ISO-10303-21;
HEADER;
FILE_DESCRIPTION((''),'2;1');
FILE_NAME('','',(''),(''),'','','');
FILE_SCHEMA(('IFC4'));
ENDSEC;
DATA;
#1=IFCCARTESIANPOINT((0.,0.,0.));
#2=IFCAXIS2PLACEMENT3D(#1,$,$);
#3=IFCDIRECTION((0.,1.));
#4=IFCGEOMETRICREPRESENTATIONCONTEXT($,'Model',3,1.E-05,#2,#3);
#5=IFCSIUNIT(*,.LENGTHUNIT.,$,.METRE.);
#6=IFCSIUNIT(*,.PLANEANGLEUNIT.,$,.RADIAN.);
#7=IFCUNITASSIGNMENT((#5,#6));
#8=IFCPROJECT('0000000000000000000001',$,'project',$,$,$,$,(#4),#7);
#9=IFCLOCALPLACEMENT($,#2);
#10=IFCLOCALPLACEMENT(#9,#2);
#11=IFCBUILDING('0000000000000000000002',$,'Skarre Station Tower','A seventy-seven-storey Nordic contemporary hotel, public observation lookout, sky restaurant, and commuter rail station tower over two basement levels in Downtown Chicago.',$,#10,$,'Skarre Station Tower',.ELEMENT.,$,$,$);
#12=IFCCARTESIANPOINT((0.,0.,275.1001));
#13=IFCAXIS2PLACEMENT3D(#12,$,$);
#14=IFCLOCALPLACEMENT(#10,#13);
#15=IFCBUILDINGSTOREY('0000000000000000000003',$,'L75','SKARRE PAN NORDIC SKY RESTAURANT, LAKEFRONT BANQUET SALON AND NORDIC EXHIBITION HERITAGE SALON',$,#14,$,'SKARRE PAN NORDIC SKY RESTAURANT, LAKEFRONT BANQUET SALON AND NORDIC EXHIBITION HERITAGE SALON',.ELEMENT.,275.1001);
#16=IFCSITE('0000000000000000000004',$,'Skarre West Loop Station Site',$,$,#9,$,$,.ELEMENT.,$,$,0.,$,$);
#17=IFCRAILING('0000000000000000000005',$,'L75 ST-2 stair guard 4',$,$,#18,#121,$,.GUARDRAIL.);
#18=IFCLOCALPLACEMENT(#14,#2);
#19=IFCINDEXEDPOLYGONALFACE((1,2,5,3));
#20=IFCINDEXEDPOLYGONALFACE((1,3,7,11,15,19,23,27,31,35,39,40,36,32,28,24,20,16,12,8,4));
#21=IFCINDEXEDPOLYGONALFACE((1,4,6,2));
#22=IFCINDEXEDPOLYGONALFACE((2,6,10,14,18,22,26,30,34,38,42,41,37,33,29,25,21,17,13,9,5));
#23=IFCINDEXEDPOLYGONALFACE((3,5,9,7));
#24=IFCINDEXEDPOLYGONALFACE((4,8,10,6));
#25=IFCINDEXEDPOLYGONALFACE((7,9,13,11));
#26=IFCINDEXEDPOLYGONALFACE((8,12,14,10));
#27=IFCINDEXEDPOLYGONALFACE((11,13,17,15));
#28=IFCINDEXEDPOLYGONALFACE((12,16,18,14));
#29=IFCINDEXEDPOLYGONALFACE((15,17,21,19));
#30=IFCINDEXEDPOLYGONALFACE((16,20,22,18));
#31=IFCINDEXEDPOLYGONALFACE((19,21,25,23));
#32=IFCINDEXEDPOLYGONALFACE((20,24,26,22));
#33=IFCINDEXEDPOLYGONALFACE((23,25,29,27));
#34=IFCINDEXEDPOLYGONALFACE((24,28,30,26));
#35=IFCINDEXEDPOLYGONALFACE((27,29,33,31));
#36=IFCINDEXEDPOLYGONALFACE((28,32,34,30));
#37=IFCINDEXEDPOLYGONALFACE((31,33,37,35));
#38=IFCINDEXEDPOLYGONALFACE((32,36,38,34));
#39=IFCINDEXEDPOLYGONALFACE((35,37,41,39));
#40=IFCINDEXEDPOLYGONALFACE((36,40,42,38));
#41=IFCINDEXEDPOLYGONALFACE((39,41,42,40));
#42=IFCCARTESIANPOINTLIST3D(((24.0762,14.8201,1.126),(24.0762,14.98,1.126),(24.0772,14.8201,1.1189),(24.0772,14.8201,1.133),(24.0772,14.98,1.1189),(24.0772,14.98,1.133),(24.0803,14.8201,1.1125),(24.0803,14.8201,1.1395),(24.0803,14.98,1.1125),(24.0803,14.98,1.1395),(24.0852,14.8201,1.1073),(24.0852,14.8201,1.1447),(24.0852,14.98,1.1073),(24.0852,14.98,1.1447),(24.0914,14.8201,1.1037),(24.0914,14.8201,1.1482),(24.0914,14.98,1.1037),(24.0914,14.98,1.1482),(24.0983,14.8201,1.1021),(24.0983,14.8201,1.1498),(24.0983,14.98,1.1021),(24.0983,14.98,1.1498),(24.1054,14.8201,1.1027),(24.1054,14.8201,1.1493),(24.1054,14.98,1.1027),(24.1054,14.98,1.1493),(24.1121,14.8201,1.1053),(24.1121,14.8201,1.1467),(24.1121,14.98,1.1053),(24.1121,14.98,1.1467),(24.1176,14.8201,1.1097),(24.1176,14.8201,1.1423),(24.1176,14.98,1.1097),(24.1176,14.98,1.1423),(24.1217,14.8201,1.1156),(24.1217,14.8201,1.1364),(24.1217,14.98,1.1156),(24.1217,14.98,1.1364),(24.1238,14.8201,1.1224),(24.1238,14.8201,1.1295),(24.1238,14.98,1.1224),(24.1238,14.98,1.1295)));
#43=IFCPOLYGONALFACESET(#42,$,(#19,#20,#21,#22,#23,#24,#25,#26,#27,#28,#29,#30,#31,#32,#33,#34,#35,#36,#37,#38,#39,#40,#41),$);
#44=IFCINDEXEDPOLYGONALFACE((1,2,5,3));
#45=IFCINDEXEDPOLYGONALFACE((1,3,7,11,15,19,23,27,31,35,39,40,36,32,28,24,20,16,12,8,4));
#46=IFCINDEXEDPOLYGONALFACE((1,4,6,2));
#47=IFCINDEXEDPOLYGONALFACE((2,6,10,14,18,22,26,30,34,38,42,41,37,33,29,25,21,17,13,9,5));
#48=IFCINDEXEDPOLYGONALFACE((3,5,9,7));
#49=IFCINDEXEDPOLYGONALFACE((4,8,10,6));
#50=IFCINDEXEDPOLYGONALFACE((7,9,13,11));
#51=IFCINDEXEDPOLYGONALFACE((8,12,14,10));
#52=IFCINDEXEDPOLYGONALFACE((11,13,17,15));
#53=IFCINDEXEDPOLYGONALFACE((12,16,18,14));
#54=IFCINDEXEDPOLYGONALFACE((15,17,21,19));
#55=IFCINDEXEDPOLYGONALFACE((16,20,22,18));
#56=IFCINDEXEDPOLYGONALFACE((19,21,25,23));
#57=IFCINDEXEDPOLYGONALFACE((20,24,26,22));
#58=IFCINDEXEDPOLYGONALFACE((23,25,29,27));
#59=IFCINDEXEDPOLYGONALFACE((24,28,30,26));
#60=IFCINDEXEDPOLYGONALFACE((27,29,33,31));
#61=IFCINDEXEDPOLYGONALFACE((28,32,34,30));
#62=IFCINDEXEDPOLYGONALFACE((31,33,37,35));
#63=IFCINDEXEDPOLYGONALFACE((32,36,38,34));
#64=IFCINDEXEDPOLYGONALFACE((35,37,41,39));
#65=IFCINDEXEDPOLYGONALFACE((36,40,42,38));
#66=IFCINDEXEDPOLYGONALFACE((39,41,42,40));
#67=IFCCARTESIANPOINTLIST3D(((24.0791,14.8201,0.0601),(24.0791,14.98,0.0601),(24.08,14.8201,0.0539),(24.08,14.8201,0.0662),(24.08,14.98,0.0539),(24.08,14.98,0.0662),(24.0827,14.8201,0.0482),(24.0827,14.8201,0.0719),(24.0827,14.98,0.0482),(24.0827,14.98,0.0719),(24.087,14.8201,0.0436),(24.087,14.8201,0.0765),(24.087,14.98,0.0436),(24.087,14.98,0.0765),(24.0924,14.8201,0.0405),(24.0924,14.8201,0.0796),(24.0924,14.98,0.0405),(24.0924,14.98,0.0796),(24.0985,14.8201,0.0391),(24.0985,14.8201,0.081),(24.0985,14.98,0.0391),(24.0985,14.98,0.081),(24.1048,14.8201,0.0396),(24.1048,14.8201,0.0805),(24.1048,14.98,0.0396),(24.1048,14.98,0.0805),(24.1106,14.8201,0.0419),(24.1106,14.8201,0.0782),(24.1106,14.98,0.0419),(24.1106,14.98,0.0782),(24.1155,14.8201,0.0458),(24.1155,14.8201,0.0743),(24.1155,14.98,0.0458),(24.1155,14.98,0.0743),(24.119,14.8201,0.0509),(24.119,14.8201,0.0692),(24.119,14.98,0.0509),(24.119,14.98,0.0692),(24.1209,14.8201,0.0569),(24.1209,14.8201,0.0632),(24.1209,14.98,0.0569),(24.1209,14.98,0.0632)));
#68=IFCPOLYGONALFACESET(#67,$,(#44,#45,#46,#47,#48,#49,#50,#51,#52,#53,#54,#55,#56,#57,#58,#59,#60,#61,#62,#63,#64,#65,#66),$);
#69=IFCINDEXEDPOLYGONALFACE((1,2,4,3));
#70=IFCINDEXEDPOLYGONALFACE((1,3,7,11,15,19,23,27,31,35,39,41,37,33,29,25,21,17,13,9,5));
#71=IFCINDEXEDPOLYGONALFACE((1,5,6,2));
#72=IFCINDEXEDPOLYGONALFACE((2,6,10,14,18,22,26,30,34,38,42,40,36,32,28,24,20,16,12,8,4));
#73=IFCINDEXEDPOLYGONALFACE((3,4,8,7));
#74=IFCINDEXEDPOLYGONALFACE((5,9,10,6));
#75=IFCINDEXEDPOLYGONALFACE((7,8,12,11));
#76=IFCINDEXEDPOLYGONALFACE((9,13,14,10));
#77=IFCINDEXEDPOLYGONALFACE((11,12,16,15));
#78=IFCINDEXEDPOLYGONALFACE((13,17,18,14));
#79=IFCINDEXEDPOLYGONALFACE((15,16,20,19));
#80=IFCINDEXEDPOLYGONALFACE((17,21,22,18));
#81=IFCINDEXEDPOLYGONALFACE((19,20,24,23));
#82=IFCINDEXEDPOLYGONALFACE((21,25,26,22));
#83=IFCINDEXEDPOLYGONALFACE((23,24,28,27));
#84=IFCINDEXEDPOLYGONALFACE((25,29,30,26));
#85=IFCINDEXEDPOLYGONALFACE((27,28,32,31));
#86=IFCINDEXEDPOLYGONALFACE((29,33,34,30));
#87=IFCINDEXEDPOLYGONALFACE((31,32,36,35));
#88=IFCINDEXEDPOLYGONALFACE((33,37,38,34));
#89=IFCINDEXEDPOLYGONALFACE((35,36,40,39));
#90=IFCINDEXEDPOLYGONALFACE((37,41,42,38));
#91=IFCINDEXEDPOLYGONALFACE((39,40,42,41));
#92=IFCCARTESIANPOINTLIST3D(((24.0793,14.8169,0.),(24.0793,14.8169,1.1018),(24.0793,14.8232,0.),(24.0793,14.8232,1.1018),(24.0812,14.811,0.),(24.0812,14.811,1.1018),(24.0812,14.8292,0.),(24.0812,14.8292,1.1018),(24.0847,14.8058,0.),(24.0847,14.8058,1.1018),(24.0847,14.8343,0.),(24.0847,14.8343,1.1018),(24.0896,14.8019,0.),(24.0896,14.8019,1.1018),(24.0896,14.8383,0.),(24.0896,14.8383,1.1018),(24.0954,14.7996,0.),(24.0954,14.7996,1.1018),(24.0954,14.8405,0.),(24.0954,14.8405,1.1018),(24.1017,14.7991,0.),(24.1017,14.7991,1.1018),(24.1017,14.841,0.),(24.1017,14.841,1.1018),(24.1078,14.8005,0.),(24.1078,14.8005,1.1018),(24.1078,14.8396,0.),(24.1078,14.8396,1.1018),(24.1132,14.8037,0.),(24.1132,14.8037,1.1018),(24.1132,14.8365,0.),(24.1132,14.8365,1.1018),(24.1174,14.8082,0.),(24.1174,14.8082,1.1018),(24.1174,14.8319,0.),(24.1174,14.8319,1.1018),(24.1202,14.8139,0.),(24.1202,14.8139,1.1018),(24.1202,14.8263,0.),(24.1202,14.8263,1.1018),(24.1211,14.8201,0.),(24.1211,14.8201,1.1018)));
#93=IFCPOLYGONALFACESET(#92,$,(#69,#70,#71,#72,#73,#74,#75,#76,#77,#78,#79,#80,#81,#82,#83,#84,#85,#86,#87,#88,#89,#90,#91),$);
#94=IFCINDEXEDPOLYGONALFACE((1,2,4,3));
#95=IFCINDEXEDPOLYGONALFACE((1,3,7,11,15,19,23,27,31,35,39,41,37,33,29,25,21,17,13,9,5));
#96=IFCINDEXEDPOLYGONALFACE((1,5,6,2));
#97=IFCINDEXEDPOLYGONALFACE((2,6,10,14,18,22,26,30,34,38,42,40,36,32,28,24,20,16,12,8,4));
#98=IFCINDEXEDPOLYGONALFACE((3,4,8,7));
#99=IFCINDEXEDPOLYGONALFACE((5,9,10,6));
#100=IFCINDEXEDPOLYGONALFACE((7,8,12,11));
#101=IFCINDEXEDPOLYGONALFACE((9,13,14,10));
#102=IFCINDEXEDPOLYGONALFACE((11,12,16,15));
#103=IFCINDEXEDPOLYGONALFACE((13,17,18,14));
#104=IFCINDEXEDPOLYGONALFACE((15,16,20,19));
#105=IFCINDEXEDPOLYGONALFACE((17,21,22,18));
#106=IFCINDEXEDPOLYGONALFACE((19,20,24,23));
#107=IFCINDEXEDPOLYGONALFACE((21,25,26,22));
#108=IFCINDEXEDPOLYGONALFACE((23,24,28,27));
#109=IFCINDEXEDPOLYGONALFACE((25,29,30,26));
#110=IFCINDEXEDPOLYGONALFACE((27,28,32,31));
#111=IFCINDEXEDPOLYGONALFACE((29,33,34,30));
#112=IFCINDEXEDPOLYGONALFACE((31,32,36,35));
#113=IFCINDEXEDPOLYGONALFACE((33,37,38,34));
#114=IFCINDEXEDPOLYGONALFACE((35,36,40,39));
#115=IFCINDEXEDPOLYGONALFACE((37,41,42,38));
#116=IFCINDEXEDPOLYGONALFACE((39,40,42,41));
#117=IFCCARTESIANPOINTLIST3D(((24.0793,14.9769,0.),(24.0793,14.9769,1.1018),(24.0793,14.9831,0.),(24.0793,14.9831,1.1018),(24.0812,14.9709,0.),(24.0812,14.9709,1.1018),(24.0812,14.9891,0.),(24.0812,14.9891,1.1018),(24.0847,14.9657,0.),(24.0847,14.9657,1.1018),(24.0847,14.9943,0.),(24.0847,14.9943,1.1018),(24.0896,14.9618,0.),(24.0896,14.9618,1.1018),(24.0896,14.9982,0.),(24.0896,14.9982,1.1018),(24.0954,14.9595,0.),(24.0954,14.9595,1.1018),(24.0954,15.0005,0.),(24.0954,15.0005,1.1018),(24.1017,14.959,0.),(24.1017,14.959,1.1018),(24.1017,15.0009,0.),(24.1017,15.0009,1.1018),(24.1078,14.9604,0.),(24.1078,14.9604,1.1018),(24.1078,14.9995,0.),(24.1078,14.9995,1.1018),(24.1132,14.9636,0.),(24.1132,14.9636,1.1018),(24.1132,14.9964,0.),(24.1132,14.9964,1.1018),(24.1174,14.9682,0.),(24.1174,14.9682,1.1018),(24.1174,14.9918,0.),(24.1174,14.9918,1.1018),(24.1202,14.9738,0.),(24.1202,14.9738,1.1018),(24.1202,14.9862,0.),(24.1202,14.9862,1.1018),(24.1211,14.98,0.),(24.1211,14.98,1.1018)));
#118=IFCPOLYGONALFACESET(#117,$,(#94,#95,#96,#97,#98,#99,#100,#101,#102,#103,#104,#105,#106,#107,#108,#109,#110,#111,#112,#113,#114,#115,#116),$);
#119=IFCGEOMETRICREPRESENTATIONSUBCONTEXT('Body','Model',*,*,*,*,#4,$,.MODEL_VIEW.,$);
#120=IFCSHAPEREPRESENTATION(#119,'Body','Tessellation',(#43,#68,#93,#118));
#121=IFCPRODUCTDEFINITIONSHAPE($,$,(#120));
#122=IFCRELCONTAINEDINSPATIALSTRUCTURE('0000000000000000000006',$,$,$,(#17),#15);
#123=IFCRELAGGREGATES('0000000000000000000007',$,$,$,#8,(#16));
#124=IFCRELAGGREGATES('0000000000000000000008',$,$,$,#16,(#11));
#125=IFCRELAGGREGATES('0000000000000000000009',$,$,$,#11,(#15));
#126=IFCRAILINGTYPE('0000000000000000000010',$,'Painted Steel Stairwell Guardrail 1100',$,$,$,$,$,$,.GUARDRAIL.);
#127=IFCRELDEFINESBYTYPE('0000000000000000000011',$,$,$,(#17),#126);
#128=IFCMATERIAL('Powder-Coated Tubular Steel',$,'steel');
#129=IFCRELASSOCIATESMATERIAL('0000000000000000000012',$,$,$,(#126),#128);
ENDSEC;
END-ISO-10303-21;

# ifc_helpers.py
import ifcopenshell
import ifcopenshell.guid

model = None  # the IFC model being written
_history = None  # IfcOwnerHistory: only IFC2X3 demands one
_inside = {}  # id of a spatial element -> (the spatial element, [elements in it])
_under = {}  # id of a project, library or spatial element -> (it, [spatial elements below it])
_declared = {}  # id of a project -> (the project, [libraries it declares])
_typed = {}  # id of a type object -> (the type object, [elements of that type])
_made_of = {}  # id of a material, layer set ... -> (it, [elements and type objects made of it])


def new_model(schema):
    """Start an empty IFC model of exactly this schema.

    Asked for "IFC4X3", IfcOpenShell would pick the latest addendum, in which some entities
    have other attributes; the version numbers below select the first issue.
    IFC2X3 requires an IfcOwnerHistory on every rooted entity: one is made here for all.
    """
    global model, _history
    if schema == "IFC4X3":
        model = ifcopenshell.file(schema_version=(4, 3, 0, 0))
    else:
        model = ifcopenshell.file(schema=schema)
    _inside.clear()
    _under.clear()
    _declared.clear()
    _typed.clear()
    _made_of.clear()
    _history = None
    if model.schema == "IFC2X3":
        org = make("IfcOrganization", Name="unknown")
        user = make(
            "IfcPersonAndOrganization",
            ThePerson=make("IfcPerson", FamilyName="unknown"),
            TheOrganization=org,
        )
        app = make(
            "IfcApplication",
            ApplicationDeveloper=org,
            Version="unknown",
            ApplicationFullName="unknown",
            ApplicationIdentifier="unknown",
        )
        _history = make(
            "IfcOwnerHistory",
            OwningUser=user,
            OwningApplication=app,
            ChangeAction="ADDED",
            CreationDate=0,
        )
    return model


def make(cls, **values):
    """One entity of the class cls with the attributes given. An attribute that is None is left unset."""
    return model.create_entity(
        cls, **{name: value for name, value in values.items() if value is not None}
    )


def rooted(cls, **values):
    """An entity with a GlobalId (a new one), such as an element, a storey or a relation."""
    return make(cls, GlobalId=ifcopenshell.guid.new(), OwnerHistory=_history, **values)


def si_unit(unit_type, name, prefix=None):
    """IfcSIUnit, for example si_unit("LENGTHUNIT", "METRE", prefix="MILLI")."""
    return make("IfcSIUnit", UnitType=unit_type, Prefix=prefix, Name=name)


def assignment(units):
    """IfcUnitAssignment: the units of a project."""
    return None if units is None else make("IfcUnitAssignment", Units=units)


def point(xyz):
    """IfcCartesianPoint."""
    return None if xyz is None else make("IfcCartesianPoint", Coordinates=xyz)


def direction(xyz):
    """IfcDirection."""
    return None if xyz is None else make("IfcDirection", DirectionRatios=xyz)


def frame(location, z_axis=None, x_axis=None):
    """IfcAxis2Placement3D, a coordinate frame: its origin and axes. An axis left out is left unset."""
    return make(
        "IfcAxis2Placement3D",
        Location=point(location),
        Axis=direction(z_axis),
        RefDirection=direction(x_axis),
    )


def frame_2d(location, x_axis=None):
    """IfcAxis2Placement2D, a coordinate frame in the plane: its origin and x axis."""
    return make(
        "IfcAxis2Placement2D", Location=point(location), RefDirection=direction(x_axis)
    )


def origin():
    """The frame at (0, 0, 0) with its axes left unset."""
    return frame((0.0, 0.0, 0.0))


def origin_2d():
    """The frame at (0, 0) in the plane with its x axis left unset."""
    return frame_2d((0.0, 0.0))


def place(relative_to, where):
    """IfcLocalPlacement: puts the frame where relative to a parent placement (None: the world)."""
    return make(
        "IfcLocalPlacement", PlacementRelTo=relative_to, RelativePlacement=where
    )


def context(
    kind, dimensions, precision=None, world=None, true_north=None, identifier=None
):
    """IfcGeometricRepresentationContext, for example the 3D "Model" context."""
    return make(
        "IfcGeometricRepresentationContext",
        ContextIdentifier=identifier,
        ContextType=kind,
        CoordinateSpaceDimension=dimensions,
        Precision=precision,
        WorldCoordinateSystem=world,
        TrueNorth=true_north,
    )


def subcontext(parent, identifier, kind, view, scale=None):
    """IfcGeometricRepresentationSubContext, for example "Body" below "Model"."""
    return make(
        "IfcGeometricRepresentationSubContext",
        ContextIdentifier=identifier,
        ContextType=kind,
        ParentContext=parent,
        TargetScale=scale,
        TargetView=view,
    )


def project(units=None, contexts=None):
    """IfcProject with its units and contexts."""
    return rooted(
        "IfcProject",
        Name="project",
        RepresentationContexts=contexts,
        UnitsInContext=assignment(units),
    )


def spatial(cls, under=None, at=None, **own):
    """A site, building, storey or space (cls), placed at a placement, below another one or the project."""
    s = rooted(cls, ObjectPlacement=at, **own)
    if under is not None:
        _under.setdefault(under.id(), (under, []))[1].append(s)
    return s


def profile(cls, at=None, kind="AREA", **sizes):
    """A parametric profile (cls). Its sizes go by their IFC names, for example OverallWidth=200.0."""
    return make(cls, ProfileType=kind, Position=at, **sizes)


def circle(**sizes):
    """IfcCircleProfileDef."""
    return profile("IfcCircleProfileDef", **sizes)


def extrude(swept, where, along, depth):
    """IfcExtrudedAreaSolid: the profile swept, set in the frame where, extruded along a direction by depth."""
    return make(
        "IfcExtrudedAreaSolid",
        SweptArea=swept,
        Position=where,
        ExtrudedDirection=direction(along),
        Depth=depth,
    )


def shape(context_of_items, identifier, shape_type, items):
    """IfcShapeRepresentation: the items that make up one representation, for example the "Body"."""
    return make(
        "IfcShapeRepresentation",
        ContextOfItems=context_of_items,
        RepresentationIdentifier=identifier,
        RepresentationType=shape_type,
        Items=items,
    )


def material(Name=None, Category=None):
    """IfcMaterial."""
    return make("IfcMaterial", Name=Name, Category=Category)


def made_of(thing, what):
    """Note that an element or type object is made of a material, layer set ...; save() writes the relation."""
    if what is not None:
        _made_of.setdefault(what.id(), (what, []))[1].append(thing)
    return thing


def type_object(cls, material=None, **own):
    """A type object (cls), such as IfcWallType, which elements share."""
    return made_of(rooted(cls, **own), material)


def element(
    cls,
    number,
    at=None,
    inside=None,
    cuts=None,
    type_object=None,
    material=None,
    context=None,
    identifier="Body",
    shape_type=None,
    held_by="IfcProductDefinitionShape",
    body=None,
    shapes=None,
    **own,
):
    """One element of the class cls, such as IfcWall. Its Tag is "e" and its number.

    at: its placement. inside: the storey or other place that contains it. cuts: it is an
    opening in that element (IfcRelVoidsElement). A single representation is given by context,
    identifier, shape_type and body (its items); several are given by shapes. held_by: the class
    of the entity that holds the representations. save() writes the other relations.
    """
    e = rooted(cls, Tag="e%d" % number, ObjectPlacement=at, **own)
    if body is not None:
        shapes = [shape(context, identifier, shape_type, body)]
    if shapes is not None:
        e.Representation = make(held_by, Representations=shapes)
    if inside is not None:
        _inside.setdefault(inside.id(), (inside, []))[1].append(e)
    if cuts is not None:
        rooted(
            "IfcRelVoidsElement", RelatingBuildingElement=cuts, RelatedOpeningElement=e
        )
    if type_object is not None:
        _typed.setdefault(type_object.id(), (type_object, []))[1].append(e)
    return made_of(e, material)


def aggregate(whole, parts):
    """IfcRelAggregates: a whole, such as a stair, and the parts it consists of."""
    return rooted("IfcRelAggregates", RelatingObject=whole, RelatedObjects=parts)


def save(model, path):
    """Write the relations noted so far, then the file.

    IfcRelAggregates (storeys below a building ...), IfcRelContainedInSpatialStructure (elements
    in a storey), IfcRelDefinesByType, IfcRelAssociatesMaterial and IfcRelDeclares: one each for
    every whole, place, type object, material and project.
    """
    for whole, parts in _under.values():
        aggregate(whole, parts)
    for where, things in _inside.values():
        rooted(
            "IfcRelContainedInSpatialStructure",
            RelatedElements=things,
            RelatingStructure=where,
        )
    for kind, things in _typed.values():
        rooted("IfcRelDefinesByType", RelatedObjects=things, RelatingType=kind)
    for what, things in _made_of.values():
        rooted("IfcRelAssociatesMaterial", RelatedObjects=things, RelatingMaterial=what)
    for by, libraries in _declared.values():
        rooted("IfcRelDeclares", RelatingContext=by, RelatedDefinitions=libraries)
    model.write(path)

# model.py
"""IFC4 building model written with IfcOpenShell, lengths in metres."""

from ifc_helpers import new_model, si_unit, direction, frame, origin, origin_2d, place, context, subcontext, project, spatial, circle, extrude, material, type_object, element, save


model = new_model("IFC4")

# Units and contexts
model_context = context("Model", 3, precision=1e-05, world=origin(), true_north=direction((0.0, 1.0)))
body_context = subcontext(model_context, "Body", "Model", "MODEL_VIEW")
ifc_project = project(units=[si_unit("LENGTHUNIT", "METRE"), si_unit("PLANEANGLEUNIT", "RADIAN")], contexts=[model_context])

# Site, building, storey
site_placement = place(None, origin())
site = spatial("IfcSite", under=ifc_project, at=site_placement, Name="Skarre West Loop Station Site", CompositionType="ELEMENT", RefElevation=0.0)
building_placement = place(site_placement, origin())
building = spatial("IfcBuilding", under=site, at=building_placement, Name="Skarre Station Tower", Description="A seventy-seven-storey Nordic contemporary hotel, public observation lookout, sky restaurant, and commuter rail station tower over two basement levels in Downtown Chicago.", LongName="Skarre Station Tower", CompositionType="ELEMENT")
storey_placement = place(building_placement, frame((0.0, 0.0, 275.1001)))
storey = spatial("IfcBuildingStorey", under=building, at=storey_placement, Name="L75", Description="SKARRE PAN NORDIC SKY RESTAURANT, LAKEFRONT BANQUET SALON AND NORDIC EXHIBITION HERITAGE SALON", LongName="SKARRE PAN NORDIC SKY RESTAURANT, LAKEFRONT BANQUET SALON AND NORDIC EXHIBITION HERITAGE SALON", CompositionType="ELEMENT", Elevation=275.1001)

# Railing
ifc_material_1 = material(Name="Powder-Coated Tubular Steel", Category="steel")
railing_type_1 = type_object("IfcRailingType", Name="Painted Steel Stairwell Guardrail 1100", PredefinedType="GUARDRAIL", material=ifc_material_1)
railing_1_placement = place(storey_placement, frame((24.1001, 14.8201, 0.0)))
element("IfcRailing", 1, at=railing_1_placement, inside=storey, type_object=railing_type_1, Name="L75 ST-2 stair guard 4", PredefinedType="GUARDRAIL", context=body_context, shape_type="SweptSolid", body=[
    extrude(circle(Radius=0.0239, at=origin_2d()), frame((0.0, 0.0, 1.126), z_axis=(0.0, 1.0, 0.0), x_axis=(-1.0, 0.0, 0.0)), (0.0, 0.0, 1.0), 0.1599),
    extrude(circle(Radius=0.021, at=origin_2d()), frame((0.0, 0.0, 0.0601), z_axis=(0.0, 1.0, 0.0), x_axis=(-1.0, 0.0, 0.0)), (0.0, 0.0, 1.0), 0.1599),
    extrude(circle(Radius=0.021, at=origin_2d()), origin(), (0.0, 0.0, 1.0), 1.1018),
    extrude(circle(Radius=0.021, at=origin_2d()), frame((0.0, 0.1599, 0.0)), (0.0, 0.0, 1.0), 1.1018),
])

save(model, "model.ifc")
